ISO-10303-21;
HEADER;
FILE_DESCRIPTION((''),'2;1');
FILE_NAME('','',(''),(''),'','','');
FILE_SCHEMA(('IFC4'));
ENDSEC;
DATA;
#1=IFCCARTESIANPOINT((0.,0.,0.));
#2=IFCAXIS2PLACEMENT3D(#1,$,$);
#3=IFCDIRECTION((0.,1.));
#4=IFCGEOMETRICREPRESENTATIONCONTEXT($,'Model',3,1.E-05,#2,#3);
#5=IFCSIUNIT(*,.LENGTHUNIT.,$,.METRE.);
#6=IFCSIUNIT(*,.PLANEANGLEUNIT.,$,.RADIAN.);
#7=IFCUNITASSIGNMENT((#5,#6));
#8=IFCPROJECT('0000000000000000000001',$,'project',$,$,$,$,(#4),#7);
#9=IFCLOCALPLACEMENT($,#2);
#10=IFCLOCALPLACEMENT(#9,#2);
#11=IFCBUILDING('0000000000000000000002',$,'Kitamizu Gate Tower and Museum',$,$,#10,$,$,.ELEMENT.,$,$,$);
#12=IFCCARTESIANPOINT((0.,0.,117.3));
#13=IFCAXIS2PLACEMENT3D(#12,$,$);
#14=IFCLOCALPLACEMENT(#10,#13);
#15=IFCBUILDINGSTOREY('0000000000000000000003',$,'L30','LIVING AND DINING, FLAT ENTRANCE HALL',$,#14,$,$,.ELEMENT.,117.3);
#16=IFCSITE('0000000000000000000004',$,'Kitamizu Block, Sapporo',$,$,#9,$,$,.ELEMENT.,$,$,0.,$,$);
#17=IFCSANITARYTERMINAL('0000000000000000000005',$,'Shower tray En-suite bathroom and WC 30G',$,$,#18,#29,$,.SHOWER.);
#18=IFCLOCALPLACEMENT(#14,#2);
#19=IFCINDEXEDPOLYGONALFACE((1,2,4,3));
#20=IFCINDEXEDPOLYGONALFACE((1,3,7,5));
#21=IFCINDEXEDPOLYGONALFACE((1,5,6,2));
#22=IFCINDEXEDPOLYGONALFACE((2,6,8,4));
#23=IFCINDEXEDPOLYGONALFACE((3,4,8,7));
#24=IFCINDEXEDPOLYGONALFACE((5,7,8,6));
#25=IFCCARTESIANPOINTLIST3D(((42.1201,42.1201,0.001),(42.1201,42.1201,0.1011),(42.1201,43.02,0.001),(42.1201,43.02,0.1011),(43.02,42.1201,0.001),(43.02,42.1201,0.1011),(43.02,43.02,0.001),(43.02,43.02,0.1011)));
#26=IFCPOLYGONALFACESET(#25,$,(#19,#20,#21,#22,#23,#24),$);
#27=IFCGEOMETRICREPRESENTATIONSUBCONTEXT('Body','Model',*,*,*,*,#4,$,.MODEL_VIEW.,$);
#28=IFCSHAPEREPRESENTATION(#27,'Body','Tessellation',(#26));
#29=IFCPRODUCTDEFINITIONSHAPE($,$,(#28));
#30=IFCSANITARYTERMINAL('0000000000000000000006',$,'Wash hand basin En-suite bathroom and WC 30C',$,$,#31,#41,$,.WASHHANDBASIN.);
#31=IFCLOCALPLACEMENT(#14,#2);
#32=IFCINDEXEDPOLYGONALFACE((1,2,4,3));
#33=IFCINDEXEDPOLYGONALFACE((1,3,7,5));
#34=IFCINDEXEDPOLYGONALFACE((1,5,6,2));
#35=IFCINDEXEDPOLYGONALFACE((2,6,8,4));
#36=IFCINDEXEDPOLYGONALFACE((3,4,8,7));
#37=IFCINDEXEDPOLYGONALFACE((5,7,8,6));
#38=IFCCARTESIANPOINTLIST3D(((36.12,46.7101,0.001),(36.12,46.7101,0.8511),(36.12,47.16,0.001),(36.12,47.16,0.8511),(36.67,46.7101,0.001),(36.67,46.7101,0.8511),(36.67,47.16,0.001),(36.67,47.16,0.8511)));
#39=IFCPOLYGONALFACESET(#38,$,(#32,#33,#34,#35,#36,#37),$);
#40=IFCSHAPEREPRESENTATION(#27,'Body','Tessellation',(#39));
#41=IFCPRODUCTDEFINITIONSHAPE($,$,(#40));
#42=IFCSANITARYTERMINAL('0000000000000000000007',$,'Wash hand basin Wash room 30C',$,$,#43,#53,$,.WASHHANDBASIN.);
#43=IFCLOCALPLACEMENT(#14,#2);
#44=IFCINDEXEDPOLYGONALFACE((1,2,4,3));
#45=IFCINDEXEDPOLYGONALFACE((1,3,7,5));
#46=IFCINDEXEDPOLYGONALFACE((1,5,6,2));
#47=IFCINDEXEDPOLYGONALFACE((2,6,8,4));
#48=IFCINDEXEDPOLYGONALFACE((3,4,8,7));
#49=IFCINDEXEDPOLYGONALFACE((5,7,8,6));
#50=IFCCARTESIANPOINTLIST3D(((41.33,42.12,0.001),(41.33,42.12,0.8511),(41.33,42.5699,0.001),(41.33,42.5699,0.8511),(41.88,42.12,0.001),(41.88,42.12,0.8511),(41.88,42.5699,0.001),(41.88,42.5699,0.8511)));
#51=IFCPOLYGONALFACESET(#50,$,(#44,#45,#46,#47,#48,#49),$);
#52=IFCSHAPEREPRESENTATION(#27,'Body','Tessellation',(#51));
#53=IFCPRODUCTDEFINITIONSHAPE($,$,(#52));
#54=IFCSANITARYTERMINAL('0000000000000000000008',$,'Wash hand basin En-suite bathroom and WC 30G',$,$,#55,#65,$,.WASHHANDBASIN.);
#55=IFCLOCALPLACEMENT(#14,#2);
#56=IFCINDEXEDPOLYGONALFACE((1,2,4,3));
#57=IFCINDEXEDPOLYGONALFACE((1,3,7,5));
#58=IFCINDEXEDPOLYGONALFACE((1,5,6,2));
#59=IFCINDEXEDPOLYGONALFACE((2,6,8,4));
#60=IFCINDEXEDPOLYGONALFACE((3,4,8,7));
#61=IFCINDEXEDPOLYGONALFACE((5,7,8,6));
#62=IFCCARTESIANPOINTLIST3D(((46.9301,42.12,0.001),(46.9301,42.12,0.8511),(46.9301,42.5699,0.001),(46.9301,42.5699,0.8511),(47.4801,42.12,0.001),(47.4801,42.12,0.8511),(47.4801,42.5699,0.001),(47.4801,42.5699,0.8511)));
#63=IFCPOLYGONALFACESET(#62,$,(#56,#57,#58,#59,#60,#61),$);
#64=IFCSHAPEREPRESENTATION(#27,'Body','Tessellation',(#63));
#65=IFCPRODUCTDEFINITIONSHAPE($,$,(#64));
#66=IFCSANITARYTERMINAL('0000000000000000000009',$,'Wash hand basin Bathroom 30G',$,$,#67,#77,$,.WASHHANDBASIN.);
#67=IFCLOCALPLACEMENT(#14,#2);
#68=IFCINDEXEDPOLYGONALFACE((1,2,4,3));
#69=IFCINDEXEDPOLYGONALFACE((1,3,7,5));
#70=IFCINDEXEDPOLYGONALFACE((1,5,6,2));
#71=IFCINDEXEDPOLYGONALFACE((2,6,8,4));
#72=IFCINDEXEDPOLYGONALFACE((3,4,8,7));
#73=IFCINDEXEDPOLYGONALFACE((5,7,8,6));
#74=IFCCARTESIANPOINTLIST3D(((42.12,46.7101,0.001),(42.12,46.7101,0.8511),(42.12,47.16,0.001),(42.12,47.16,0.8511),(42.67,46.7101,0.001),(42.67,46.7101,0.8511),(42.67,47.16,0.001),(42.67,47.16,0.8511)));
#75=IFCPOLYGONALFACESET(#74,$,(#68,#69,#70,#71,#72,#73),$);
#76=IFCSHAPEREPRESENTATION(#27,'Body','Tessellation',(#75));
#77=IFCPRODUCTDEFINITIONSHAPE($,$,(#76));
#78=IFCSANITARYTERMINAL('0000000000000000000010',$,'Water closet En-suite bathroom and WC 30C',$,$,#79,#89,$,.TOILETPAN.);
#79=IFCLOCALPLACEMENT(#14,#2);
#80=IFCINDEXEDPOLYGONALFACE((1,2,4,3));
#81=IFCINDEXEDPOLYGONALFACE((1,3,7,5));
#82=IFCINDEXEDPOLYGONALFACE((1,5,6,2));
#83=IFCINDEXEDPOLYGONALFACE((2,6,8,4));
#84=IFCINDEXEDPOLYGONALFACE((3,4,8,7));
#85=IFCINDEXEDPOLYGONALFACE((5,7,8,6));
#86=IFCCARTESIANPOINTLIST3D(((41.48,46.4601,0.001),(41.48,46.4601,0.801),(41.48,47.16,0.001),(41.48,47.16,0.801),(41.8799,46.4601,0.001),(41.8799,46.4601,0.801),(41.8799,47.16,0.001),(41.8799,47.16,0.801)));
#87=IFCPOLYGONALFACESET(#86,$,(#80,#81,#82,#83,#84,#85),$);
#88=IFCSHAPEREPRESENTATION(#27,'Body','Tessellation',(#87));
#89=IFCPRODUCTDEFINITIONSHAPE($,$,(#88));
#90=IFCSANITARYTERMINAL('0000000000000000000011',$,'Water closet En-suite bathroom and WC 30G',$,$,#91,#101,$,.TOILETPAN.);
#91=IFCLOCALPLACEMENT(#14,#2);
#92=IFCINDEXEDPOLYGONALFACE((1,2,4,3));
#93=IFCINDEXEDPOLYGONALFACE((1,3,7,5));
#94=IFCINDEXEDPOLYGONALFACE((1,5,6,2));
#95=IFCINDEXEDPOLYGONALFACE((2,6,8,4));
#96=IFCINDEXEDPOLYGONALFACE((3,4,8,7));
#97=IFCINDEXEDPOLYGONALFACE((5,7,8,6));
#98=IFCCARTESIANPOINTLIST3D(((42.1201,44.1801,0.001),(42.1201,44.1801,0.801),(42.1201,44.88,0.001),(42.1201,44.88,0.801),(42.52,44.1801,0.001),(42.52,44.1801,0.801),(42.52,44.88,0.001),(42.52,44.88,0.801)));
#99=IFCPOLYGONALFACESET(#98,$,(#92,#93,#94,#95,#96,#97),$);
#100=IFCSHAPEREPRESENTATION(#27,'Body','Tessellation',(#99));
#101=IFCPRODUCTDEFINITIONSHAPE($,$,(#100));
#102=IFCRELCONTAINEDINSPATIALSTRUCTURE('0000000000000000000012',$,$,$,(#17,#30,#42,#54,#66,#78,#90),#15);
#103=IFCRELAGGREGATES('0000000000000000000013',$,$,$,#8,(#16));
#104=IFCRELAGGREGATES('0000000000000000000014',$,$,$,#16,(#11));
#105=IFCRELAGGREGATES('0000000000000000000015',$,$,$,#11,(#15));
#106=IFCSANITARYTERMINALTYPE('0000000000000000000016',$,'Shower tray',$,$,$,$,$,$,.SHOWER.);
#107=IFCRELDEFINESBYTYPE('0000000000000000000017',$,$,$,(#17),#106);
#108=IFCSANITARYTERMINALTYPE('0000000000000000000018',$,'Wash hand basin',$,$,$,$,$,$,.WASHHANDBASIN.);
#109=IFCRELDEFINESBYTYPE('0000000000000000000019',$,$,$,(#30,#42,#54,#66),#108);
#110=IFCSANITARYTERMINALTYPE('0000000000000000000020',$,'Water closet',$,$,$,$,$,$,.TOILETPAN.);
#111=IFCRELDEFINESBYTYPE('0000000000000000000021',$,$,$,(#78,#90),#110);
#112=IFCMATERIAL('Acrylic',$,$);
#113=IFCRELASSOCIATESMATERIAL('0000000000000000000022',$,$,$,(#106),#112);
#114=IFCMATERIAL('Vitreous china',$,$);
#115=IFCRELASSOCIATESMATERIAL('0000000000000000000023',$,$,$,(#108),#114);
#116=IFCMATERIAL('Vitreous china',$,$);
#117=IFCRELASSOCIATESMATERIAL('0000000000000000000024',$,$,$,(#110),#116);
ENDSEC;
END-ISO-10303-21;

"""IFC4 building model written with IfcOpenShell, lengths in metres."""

from ifc_helpers import new_model, si_unit, direction, frame, origin, origin_2d, place, context, subcontext, project, spatial, rectangle, extrude, material, type_object, element, save


model = new_model("IFC4")

# Units and contexts
model_context = context("Model", 3, precision=1e-05, world=origin(), true_north=direction((0.0, 1.0)))
body_context = subcontext(model_context, "Body", "Model", "MODEL_VIEW")
ifc_project = project(units=[si_unit("LENGTHUNIT", "METRE"), si_unit("PLANEANGLEUNIT", "RADIAN")], contexts=[model_context])

# Site, building, storey
site_placement = place(None, origin())
site = spatial("IfcSite", under=ifc_project, at=site_placement, Name="Kitamizu Block, Sapporo", CompositionType="ELEMENT", RefElevation=0.0)
building_placement = place(site_placement, origin())
building = spatial("IfcBuilding", under=site, at=building_placement, Name="Kitamizu Gate Tower and Museum", CompositionType="ELEMENT")
storey_placement = place(building_placement, frame((0.0, 0.0, 117.3)))
storey = spatial("IfcBuildingStorey", under=building, at=storey_placement, Name="L30", Description="LIVING AND DINING, FLAT ENTRANCE HALL", CompositionType="ELEMENT", Elevation=117.3)

# Sanitary terminals
ifc_material_1 = material(Name="Acrylic")
sanitary_terminal_type_1 = type_object("IfcSanitaryTerminalType", Name="Shower tray", PredefinedType="SHOWER", material=ifc_material_1)
for number, where, z_axis, x_axis, name in (
    (1, (42.5701, 42.5701, 0.001), (0.0, 0.0, 1.0), (1.0, 0.0, 0.0), "Shower tray En-suite bathroom and WC 30G"),
):
    element("IfcSanitaryTerminal", number, at=place(storey_placement, frame(where, z_axis=z_axis, x_axis=x_axis)), inside=storey, type_object=sanitary_terminal_type_1, Name=name, PredefinedType="SHOWER", context=body_context, shape_type="SweptSolid", body=[
        extrude(rectangle(XDim=0.8999, YDim=0.8999, at=origin_2d()), origin(), (0.0, 0.0, 1.0), 0.1001),
    ])
ifc_material_2 = material(Name="Vitreous china")
sanitary_terminal_type_2 = type_object("IfcSanitaryTerminalType", Name="Wash hand basin", PredefinedType="WASHHANDBASIN", material=ifc_material_2)
for number, where, z_axis, x_axis, name in (
    (2, (36.395, 46.9351, 0.001), (0.0, 0.0, 1.0), (1.0, 0.0, 0.0), "Wash hand basin En-suite bathroom and WC 30C"),
    (3, (41.605, 42.345, 0.001), (0.0, 0.0, 1.0), (1.0, 0.0, 0.0), "Wash hand basin Wash room 30C"),
    (4, (47.2051, 42.345, 0.001), (0.0, 0.0, 1.0), (1.0, 0.0, 0.0), "Wash hand basin En-suite bathroom and WC 30G"),
    (5, (42.395, 46.9351, 0.001), (0.0, 0.0, 1.0), (1.0, 0.0, 0.0), "Wash hand basin Bathroom 30G"),
):
    element("IfcSanitaryTerminal", number, at=place(storey_placement, frame(where, z_axis=z_axis, x_axis=x_axis)), inside=storey, type_object=sanitary_terminal_type_2, Name=name, PredefinedType="WASHHANDBASIN", context=body_context, shape_type="SweptSolid", body=[
        extrude(rectangle(XDim=0.55, YDim=0.45, at=origin_2d()), origin(), (0.0, 0.0, 1.0), 0.8501),
    ])
ifc_material_3 = material(Name="Vitreous china")
sanitary_terminal_type_3 = type_object("IfcSanitaryTerminalType", Name="Water closet", PredefinedType="TOILETPAN", material=ifc_material_3)
for number, where, z_axis, x_axis, name in (
    (6, (41.6799, 46.8101, 0.001), (0.0, 0.0, 1.0), (1.0, 0.0, 0.0), "Water closet En-suite bathroom and WC 30C"),
    (7, (42.3201, 44.53, 0.001), (0.0, 0.0, 1.0), (1.0, 0.0, 0.0), "Water closet En-suite bathroom and WC 30G"),
):
    element("IfcSanitaryTerminal", number, at=place(storey_placement, frame(where, z_axis=z_axis, x_axis=x_axis)), inside=storey, type_object=sanitary_terminal_type_3, Name=name, PredefinedType="TOILETPAN", context=body_context, shape_type="SweptSolid", body=[
        extrude(rectangle(XDim=0.3999, YDim=0.7, at=origin_2d()), origin(), (0.0, 0.0, 1.0), 0.8),
    ])

save(model, "model.ifc")
